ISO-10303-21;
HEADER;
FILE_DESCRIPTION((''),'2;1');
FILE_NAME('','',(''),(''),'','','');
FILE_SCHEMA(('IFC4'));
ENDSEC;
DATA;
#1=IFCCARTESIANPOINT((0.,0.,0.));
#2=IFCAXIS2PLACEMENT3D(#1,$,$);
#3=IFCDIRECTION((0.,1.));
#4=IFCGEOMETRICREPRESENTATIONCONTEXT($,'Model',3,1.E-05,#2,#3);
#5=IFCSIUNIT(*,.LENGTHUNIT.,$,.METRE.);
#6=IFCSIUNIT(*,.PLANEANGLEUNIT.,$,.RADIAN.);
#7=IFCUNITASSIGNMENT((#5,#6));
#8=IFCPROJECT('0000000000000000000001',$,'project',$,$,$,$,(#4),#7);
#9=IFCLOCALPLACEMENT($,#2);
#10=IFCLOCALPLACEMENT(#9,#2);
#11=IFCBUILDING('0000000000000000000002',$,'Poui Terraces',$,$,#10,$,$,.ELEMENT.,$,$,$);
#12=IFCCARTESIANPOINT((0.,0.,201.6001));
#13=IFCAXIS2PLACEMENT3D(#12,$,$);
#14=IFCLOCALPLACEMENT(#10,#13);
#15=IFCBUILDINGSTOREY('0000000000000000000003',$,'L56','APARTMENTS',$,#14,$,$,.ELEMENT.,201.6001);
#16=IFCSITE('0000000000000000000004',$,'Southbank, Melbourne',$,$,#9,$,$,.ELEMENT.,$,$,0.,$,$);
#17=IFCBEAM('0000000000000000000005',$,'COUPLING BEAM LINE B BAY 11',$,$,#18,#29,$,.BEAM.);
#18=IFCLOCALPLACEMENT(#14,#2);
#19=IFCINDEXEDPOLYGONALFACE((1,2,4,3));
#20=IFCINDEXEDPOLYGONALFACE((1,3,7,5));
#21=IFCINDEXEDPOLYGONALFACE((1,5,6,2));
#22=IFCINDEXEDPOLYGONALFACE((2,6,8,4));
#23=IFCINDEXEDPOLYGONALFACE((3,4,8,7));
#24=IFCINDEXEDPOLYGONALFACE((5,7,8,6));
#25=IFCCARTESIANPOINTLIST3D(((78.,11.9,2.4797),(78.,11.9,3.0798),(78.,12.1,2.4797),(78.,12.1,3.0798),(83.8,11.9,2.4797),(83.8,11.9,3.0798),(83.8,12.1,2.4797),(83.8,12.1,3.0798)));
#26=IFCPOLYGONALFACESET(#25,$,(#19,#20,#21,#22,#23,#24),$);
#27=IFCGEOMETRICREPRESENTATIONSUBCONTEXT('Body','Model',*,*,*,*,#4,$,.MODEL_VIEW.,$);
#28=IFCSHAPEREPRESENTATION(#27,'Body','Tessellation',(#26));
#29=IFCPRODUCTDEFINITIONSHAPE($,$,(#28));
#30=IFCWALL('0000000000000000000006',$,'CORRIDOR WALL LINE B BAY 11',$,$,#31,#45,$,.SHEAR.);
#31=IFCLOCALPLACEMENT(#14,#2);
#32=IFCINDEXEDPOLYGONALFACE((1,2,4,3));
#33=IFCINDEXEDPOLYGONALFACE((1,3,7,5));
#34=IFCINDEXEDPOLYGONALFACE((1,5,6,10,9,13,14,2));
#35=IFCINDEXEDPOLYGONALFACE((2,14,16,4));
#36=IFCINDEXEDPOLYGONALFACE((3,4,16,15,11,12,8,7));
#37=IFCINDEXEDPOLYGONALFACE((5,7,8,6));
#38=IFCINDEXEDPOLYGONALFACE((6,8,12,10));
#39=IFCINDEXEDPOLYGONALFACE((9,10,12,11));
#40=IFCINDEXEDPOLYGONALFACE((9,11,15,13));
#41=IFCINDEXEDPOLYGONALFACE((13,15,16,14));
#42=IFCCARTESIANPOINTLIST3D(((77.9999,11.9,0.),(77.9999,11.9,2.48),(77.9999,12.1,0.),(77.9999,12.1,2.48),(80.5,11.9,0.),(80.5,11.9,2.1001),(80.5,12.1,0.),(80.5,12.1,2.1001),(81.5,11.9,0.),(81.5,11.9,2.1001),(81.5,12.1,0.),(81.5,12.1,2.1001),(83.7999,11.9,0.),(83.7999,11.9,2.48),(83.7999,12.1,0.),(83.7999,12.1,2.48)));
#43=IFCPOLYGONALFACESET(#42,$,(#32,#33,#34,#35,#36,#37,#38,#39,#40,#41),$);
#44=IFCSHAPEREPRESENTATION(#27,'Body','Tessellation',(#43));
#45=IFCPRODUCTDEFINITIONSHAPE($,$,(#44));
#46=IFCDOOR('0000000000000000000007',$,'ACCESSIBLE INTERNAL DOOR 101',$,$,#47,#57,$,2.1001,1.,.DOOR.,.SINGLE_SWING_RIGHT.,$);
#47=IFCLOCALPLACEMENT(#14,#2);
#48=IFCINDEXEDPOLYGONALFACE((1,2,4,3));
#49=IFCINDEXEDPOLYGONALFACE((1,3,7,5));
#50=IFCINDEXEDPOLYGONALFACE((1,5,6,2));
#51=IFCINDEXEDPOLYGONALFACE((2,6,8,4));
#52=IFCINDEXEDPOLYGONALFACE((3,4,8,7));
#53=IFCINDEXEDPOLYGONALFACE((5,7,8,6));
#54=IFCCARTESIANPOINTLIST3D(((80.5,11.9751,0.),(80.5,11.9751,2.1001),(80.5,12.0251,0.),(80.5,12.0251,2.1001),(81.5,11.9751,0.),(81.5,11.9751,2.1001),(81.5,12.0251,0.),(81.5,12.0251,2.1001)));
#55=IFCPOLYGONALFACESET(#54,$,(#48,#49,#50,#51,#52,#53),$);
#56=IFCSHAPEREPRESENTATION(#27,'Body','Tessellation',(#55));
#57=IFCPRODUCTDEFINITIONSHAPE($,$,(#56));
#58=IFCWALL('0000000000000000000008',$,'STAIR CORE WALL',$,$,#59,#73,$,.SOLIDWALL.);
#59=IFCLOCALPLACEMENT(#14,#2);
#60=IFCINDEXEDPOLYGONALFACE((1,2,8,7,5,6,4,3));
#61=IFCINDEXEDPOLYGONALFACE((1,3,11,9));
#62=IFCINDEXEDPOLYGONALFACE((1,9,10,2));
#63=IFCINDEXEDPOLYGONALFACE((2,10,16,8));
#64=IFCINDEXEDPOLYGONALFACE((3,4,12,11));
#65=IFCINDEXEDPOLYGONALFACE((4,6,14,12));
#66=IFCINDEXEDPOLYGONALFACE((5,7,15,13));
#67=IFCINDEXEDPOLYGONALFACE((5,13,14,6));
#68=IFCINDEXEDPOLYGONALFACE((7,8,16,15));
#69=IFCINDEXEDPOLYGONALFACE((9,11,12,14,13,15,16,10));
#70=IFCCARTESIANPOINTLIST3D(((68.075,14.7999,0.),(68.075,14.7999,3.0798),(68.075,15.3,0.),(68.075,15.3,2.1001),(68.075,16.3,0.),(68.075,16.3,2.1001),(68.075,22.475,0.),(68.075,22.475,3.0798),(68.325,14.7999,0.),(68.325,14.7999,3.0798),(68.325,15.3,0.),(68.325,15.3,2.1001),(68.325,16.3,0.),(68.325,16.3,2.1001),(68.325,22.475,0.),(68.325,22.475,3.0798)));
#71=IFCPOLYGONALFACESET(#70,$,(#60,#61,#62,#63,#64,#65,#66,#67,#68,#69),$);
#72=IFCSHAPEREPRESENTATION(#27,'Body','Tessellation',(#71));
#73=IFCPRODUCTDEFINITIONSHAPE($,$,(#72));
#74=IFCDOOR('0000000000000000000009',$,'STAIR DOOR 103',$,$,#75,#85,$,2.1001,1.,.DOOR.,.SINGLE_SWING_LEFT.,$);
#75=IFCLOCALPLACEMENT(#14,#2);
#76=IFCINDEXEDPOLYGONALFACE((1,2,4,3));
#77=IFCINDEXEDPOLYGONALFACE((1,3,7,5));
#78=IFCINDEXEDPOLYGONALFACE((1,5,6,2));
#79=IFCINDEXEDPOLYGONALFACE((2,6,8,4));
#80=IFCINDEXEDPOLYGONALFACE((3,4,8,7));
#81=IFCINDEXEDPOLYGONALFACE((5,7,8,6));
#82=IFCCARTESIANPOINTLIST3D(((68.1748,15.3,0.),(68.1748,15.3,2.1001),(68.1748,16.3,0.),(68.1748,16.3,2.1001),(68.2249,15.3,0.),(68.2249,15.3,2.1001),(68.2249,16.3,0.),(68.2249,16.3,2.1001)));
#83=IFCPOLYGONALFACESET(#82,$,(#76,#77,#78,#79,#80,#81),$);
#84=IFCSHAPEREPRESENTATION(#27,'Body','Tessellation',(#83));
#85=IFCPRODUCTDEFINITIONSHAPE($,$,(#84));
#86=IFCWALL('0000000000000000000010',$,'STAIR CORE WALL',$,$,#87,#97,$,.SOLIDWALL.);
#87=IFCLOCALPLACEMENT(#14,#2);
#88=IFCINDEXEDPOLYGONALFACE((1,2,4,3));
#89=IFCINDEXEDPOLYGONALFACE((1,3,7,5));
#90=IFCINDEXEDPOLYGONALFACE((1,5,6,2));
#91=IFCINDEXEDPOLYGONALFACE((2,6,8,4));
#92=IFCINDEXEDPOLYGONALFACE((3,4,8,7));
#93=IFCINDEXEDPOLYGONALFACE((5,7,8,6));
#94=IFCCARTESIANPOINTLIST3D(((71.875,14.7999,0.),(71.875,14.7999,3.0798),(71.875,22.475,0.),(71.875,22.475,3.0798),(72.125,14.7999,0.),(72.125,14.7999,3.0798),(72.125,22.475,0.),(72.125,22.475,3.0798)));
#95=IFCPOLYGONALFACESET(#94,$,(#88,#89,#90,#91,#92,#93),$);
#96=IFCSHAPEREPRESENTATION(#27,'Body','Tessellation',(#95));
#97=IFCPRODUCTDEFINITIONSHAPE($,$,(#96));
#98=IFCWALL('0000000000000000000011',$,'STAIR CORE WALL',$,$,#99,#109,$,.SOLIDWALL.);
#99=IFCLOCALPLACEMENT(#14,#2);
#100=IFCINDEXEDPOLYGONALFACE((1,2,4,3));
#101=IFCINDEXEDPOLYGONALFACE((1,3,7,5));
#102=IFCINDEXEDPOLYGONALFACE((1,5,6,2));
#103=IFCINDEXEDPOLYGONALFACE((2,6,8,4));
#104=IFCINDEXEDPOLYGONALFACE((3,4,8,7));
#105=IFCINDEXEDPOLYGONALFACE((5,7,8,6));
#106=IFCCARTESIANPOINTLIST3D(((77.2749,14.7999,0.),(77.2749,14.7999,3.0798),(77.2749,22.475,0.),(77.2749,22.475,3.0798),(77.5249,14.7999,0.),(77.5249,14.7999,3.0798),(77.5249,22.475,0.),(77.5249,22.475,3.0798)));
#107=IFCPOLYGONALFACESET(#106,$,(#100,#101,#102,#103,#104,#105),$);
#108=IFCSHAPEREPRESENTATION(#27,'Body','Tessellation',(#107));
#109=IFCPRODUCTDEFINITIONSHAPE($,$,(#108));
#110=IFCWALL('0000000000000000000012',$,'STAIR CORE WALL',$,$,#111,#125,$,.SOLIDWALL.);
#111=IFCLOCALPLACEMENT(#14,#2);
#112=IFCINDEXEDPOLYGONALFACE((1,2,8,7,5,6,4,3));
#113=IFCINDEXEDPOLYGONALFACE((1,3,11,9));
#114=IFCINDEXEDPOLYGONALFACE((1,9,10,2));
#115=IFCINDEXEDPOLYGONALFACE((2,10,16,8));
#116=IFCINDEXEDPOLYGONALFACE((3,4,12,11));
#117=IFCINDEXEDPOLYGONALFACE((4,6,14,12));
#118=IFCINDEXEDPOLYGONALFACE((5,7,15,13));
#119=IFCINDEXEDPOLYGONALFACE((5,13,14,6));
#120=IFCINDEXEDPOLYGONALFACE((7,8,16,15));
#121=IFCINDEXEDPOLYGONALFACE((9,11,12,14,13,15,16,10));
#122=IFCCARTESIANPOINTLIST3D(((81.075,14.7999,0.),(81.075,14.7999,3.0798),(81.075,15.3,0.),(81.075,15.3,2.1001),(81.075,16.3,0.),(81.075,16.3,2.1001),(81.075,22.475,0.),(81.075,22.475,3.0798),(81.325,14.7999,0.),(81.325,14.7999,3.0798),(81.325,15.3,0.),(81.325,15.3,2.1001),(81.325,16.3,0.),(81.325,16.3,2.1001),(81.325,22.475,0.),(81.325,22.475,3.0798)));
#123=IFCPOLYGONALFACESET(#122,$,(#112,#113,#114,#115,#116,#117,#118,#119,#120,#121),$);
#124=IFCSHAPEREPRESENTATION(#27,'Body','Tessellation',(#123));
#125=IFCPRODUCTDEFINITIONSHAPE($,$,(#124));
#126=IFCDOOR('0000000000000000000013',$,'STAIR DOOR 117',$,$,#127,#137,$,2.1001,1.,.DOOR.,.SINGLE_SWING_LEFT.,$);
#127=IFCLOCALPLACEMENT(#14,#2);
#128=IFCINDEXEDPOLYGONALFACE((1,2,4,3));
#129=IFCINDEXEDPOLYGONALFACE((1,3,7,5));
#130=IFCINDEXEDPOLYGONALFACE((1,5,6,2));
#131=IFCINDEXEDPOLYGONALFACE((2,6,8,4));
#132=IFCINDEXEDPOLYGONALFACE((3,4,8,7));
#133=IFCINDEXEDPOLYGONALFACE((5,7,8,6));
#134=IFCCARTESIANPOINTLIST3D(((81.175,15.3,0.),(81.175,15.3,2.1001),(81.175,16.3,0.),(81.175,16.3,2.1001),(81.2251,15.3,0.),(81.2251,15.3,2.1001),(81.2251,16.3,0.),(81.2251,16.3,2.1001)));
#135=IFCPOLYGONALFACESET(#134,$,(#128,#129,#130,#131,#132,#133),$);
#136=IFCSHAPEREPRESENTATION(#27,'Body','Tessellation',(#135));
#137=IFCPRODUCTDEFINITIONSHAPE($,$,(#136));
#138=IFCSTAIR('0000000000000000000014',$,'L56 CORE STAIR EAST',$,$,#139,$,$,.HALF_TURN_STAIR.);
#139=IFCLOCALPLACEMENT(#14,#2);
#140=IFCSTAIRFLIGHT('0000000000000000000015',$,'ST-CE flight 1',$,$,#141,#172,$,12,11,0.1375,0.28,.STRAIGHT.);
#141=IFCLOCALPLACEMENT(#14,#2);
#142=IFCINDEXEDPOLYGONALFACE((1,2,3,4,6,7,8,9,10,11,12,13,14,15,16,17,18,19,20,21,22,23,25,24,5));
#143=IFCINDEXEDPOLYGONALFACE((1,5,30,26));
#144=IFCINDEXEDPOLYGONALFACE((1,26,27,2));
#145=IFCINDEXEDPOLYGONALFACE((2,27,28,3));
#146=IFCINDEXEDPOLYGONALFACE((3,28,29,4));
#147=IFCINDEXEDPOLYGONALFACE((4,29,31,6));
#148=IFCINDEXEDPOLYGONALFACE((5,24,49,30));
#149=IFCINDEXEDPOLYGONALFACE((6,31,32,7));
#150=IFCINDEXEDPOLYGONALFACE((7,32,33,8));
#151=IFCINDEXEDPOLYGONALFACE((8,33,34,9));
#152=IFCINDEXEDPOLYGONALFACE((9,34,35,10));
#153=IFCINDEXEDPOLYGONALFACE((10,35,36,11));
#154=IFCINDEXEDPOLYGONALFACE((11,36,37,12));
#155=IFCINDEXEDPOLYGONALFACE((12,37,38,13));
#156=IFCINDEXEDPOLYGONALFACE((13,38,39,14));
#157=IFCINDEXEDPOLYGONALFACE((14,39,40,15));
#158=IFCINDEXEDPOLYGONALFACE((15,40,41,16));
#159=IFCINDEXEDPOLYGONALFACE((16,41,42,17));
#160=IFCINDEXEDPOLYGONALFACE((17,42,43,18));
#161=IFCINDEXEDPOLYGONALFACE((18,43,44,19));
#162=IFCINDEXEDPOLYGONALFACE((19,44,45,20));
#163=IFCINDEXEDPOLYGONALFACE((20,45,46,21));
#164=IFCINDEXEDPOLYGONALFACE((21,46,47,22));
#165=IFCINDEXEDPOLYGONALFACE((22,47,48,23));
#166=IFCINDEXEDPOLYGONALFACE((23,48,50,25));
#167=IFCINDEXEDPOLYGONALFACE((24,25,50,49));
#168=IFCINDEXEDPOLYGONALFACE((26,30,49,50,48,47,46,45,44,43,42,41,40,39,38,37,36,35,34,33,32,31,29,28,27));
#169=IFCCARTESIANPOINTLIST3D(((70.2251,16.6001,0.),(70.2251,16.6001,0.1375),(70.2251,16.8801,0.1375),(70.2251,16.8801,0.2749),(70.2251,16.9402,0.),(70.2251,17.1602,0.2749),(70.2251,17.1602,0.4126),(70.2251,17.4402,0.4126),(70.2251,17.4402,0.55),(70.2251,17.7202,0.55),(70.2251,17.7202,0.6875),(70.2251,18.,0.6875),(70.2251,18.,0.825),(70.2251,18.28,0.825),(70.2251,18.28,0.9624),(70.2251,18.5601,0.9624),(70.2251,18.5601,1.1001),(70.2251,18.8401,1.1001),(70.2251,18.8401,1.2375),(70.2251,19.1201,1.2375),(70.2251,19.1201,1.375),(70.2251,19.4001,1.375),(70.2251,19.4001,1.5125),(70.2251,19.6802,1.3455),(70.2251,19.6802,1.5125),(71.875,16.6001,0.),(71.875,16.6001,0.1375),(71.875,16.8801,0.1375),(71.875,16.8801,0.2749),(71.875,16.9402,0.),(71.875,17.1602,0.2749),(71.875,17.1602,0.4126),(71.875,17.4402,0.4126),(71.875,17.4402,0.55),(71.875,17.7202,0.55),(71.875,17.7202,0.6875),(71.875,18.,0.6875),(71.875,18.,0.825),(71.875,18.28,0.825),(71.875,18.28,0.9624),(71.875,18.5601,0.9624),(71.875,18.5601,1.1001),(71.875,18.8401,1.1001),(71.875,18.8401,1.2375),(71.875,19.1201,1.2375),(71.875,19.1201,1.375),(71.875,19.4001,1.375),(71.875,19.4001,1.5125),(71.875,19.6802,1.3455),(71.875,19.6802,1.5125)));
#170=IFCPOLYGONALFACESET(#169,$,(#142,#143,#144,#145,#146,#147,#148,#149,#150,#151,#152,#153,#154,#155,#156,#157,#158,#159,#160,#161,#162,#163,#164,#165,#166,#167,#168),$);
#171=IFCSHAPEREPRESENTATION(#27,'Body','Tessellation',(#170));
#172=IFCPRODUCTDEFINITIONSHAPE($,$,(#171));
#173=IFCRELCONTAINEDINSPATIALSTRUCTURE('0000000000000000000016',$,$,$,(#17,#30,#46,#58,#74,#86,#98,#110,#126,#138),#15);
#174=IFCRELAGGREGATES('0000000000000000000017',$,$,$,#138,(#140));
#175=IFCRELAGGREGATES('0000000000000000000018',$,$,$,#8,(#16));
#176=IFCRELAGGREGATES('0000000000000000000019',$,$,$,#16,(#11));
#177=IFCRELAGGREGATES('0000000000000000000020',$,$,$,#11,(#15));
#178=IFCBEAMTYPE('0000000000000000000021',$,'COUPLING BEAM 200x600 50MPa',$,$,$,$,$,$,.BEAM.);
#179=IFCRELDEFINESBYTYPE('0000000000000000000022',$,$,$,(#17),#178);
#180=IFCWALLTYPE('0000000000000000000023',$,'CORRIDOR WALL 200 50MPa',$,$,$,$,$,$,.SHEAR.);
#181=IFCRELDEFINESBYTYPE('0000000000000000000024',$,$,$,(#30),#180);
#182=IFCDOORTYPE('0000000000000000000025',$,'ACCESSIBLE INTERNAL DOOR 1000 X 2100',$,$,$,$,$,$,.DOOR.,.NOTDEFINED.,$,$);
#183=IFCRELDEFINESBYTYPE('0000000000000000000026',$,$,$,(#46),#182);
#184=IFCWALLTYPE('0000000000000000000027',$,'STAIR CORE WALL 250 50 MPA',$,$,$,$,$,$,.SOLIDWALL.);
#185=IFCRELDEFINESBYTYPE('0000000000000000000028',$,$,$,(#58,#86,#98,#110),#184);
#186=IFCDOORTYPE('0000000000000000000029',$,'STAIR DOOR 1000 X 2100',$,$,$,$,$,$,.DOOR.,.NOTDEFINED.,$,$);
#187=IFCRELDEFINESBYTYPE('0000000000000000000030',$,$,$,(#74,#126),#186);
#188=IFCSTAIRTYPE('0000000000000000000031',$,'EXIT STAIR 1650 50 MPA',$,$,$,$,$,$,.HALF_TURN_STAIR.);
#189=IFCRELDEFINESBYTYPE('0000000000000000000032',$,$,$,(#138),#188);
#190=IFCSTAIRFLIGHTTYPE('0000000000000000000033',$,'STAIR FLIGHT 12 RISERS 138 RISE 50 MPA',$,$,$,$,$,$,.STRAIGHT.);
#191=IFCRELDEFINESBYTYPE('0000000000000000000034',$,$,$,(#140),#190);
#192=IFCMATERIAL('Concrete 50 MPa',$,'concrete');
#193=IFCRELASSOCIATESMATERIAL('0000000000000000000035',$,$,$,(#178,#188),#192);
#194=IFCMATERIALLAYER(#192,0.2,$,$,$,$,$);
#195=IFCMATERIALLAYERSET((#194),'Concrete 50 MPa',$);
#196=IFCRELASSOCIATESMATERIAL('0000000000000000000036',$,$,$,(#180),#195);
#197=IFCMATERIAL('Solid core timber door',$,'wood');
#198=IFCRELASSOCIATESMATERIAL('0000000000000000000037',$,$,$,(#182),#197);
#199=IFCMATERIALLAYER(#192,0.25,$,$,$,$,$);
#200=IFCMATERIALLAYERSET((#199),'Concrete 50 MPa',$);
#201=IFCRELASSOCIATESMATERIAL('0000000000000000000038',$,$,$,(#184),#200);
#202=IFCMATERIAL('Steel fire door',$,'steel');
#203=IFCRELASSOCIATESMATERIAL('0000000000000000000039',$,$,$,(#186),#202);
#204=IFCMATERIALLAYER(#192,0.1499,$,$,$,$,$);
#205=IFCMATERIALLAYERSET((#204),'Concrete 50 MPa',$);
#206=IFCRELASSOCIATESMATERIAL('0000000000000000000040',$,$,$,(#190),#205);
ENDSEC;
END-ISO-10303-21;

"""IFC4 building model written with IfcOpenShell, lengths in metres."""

from ifc_helpers import new_model, si_unit, direction, frame, frame_2d, origin, origin_2d, place, context, subcontext, project, spatial, polyline, rectangle, outline, extrude, source, transform, mapped, material, layer, layer_set, material_profile, profile_set, type_object, element, fill, aggregate, save


model = new_model("IFC4")

# Units and contexts
model_context = context("Model", 3, precision=1e-05, world=origin(), true_north=direction((0.0, 1.0)))
body_context = subcontext(model_context, "Body", "Model", "MODEL_VIEW")
ifc_project = project(units=[si_unit("LENGTHUNIT", "METRE"), si_unit("PLANEANGLEUNIT", "RADIAN")], contexts=[model_context])

# Site, building, storey
site_placement = place(None, origin())
site = spatial("IfcSite", under=ifc_project, at=site_placement, Name="Southbank, Melbourne", CompositionType="ELEMENT", RefElevation=0.0)
building_placement = place(site_placement, origin())
building = spatial("IfcBuilding", under=site, at=building_placement, Name="Poui Terraces", CompositionType="ELEMENT")
storey_placement = place(building_placement, frame((0.0, 0.0, 201.6001)))
storey = spatial("IfcBuildingStorey", under=building, at=storey_placement, Name="L56", Description="APARTMENTS", CompositionType="ELEMENT", Elevation=201.6001)

# Beam
ifc_material_1 = material(Name="Concrete 50 MPa", Category="concrete")
ifc_material_profile = material_profile(ifc_material_1, rectangle(XDim=0.2, YDim=0.6001, at=origin_2d()), Name="RC 200x600")
ifc_profile_set = profile_set([ifc_material_profile], Name="Concrete 50 MPa")
beam_type = type_object("IfcBeamType", Name="COUPLING BEAM 200x600 50MPa", PredefinedType="BEAM", material=ifc_profile_set)
shared_shape = source(origin(), body_context, "Body", "SweptSolid", [
    extrude(rectangle(XDim=0.2, YDim=0.6001, at=origin_2d()), origin(), (0.0, 0.0, 1.0), 5.8),
])
beam_placement = place(storey_placement, frame((78.0, 12.0, 2.7798), z_axis=(1.0, 0.0, 0.0), x_axis=(0.0, 1.0, 0.0)))
element("IfcBeam", 1, at=beam_placement, inside=storey, type_object=beam_type, Name="COUPLING BEAM LINE B BAY 11", PredefinedType="BEAM", context=body_context, shape_type="MappedRepresentation", body=[
    mapped(shared_shape, transform((0.0, 0.0, 0.0))),
])

# Walls, openings, doors
ifc_layer_1 = layer(ifc_material_1, 0.2)
ifc_layer_set_1 = layer_set([ifc_layer_1], Name="Concrete 50 MPa")
wall_type_1 = type_object("IfcWallType", Name="CORRIDOR WALL 200 50MPa", PredefinedType="SHEAR", material=ifc_layer_set_1)
wall_1_placement = place(storey_placement, frame((78.0, 12.0, 0.0), z_axis=(0.0, 0.0, 1.0), x_axis=(1.0, 0.0, 0.0)))
wall_1 = element("IfcWall", 2, at=wall_1_placement, inside=storey, type_object=wall_type_1, Name="CORRIDOR WALL LINE B BAY 11", PredefinedType="SHEAR", context=body_context, shape_type="SweptSolid", body=[
    extrude(rectangle(XDim=5.8, YDim=0.2, at=frame_2d((2.8999, 0.0))), origin(), (0.0, 0.0, 1.0), 2.48),
])
opening_1_placement = place(wall_1_placement, frame((2.5, 0.0, 0.0)))
opening_1 = element("IfcOpeningElement", 3, at=opening_1_placement, cuts=wall_1, PredefinedType="OPENING", context=body_context, shape_type="SweptSolid", body=[
    extrude(rectangle(XDim=1.0, YDim=2.1001, at=frame_2d((0.5, 1.05))), frame((0.0, 0.1099, 0.0), z_axis=(0.0, -1.0, 0.0), x_axis=(1.0, 0.0, 0.0)), (0.0, 0.0, 1.0), 0.22),
])
ifc_material_2 = material(Name="Solid core timber door", Category="wood")
door_type_1 = type_object("IfcDoorType", Name="ACCESSIBLE INTERNAL DOOR 1000 X 2100", OperationType="NOTDEFINED", PredefinedType="DOOR", material=ifc_material_2)
door_1_placement = place(opening_1_placement, frame((1.0, 0.0, 0.0), z_axis=(0.0, 0.0, 1.0), x_axis=(-1.0, 0.0, 0.0)))
door_1 = element("IfcDoor", 4, at=door_1_placement, inside=storey, type_object=door_type_1, Name="ACCESSIBLE INTERNAL DOOR 101", OperationType="SINGLE_SWING_RIGHT", OverallHeight=2.1001, OverallWidth=1.0, PredefinedType="DOOR", context=body_context, shape_type="SweptSolid", body=[
    extrude(rectangle(XDim=1.0, YDim=2.1001, at=frame_2d((0.5, 1.05))), frame((0.0, 0.0249, 0.0), z_axis=(0.0, -1.0, 0.0), x_axis=(1.0, 0.0, 0.0)), (0.0, 0.0, 1.0), 0.05),
])
fill(opening_1, door_1)
ifc_layer_2 = layer(ifc_material_1, 0.25)
ifc_layer_set_2 = layer_set([ifc_layer_2], Name="Concrete 50 MPa")
wall_type_2 = type_object("IfcWallType", Name="STAIR CORE WALL 250 50 MPA", PredefinedType="SOLIDWALL", material=ifc_layer_set_2)
wall_2_placement = place(storey_placement, frame((68.2, 14.8, 0.0), z_axis=(0.0, 0.0, 1.0), x_axis=(0.0, 1.0, 0.0)))
wall_2 = element("IfcWall", 5, at=wall_2_placement, inside=storey, type_object=wall_type_2, Name="STAIR CORE WALL", PredefinedType="SOLIDWALL", context=body_context, shape_type="SweptSolid", body=[
    extrude(rectangle(XDim=7.675, YDim=0.25, at=frame_2d((3.8374, 0.0))), origin(), (0.0, 0.0, 1.0), 3.0798),
])
opening_2_placement = place(wall_2_placement, frame((0.5, 0.0, 0.0)))
opening_2 = element("IfcOpeningElement", 6, at=opening_2_placement, cuts=wall_2, PredefinedType="OPENING", context=body_context, shape_type="SweptSolid", body=[
    extrude(rectangle(XDim=1.0, YDim=2.1001, at=frame_2d((0.5, 1.05))), frame((0.0, 0.135, 0.0), z_axis=(0.0, -1.0, 0.0), x_axis=(1.0, 0.0, 0.0)), (0.0, 0.0, 1.0), 0.27),
])
ifc_material_3 = material(Name="Steel fire door", Category="steel")
door_type_2 = type_object("IfcDoorType", Name="STAIR DOOR 1000 X 2100", OperationType="NOTDEFINED", PredefinedType="DOOR", material=ifc_material_3)
door_2_placement = place(opening_2_placement, frame((1.0, 0.0, 0.0), z_axis=(0.0, 0.0, 1.0), x_axis=(-1.0, 0.0, 0.0)))
door_2 = element("IfcDoor", 7, at=door_2_placement, inside=storey, type_object=door_type_2, Name="STAIR DOOR 103", OperationType="SINGLE_SWING_LEFT", OverallHeight=2.1001, OverallWidth=1.0, PredefinedType="DOOR", context=body_context, shape_type="SweptSolid", body=[
    extrude(rectangle(XDim=1.0, YDim=2.1001, at=frame_2d((0.5, 1.05))), frame((0.0, 0.0249, 0.0), z_axis=(0.0, -1.0, 0.0), x_axis=(1.0, 0.0, 0.0)), (0.0, 0.0, 1.0), 0.05),
])
fill(opening_2, door_2)

# Walls
for number, where, z_axis, x_axis, name in (
    (8, (72.0, 14.8, 0.0), (0.0, 0.0, 1.0), (0.0, 1.0, 0.0), "STAIR CORE WALL"),
    (9, (77.3999, 14.8, 0.0), (0.0, 0.0, 1.0), (0.0, 1.0, 0.0), "STAIR CORE WALL"),
):
    element("IfcWall", number, at=place(storey_placement, frame(where, z_axis=z_axis, x_axis=x_axis)), inside=storey, type_object=wall_type_2, Name=name, PredefinedType="SOLIDWALL", context=body_context, shape_type="SweptSolid", body=[
        extrude(rectangle(XDim=7.675, YDim=0.25, at=frame_2d((3.8374, 0.0))), origin(), (0.0, 0.0, 1.0), 3.0798),
    ])

# Wall, opening, door
wall_3_placement = place(storey_placement, frame((81.2, 14.8, 0.0), z_axis=(0.0, 0.0, 1.0), x_axis=(0.0, 1.0, 0.0)))
wall_3 = element("IfcWall", 10, at=wall_3_placement, inside=storey, type_object=wall_type_2, Name="STAIR CORE WALL", PredefinedType="SOLIDWALL", context=body_context, shape_type="SweptSolid", body=[
    extrude(rectangle(XDim=7.675, YDim=0.25, at=frame_2d((3.8374, 0.0))), origin(), (0.0, 0.0, 1.0), 3.0798),
])
opening_3_placement = place(wall_3_placement, frame((0.5, 0.0, 0.0)))
opening_3 = element("IfcOpeningElement", 11, at=opening_3_placement, cuts=wall_3, PredefinedType="OPENING", context=body_context, shape_type="SweptSolid", body=[
    extrude(rectangle(XDim=1.0, YDim=2.1001, at=frame_2d((0.5, 1.05))), frame((0.0, 0.135, 0.0), z_axis=(0.0, -1.0, 0.0), x_axis=(1.0, 0.0, 0.0)), (0.0, 0.0, 1.0), 0.27),
])
door_3_placement = place(opening_3_placement, origin())
door_3 = element("IfcDoor", 12, at=door_3_placement, inside=storey, type_object=door_type_2, Name="STAIR DOOR 117", OperationType="SINGLE_SWING_LEFT", OverallHeight=2.1001, OverallWidth=1.0, PredefinedType="DOOR", context=body_context, shape_type="SweptSolid", body=[
    extrude(rectangle(XDim=1.0, YDim=2.1001, at=frame_2d((0.5, 1.05))), frame((0.0, 0.0249, 0.0), z_axis=(0.0, -1.0, 0.0), x_axis=(1.0, 0.0, 0.0)), (0.0, 0.0, 1.0), 0.05),
])
fill(opening_3, door_3)

# Stair, stair flight
stair_type = type_object("IfcStairType", Name="EXIT STAIR 1650 50 MPA", PredefinedType="HALF_TURN_STAIR", material=ifc_material_1)
stair_1_placement = place(storey_placement, origin())
stair_1 = element("IfcStair", 13, at=stair_1_placement, inside=storey, type_object=stair_type, Name="L56 CORE STAIR EAST", PredefinedType="HALF_TURN_STAIR")
ifc_layer_3 = layer(ifc_material_1, 0.1499)
ifc_layer_set_3 = layer_set([ifc_layer_3], Name="Concrete 50 MPa")
stair_flight_type = type_object("IfcStairFlightType", Name="STAIR FLIGHT 12 RISERS 138 RISE 50 MPA", PredefinedType="STRAIGHT", material=ifc_layer_set_3)
stair_flight_1_placement = place(storey_placement, frame((71.05, 16.6001, 0.0), z_axis=(0.0, 0.0, 1.0), x_axis=(0.0, 1.0, 0.0)))
stair_flight_1 = element("IfcStairFlight", 14, at=stair_flight_1_placement, type_object=stair_flight_type, Name="ST-CE flight 1", NumberOfRisers=12, NumberOfTreads=11, PredefinedType="STRAIGHT", RiserHeight=0.1375, TreadLength=0.28, context=body_context, shape_type="SweptSolid", body=[
    extrude(outline(polyline([(0.0, 0.0), (0.0, 0.1375), (0.28, 0.1375), (0.28, 0.2749), (0.5601, 0.2749), (0.5601, 0.4126), (0.8401, 0.4126), (0.8401, 0.55), (1.1201, 0.55), (1.1201, 0.6875), (1.3999, 0.6875), (1.3999, 0.825), (1.6799, 0.825), (1.6799, 0.9624), (1.96, 0.9624), (1.96, 1.1001), (2.24, 1.1001), (2.24, 1.2375), (2.52, 1.2375), (2.52, 1.375), (2.8, 1.375), (2.8, 1.5125), (3.0801, 1.5125), (3.0801, 1.6499), (3.0801, 1.3455), (0.3401, 0.0), (0.0, 0.0)])), frame((0.0, 0.825, 0.0), z_axis=(0.0, -1.0, 0.0), x_axis=(1.0, 0.0, 0.0)), (0.0, 0.0, 1.0), 1.6499),
])
aggregate(stair_1, [stair_flight_1])

save(model, "model.ifc")
